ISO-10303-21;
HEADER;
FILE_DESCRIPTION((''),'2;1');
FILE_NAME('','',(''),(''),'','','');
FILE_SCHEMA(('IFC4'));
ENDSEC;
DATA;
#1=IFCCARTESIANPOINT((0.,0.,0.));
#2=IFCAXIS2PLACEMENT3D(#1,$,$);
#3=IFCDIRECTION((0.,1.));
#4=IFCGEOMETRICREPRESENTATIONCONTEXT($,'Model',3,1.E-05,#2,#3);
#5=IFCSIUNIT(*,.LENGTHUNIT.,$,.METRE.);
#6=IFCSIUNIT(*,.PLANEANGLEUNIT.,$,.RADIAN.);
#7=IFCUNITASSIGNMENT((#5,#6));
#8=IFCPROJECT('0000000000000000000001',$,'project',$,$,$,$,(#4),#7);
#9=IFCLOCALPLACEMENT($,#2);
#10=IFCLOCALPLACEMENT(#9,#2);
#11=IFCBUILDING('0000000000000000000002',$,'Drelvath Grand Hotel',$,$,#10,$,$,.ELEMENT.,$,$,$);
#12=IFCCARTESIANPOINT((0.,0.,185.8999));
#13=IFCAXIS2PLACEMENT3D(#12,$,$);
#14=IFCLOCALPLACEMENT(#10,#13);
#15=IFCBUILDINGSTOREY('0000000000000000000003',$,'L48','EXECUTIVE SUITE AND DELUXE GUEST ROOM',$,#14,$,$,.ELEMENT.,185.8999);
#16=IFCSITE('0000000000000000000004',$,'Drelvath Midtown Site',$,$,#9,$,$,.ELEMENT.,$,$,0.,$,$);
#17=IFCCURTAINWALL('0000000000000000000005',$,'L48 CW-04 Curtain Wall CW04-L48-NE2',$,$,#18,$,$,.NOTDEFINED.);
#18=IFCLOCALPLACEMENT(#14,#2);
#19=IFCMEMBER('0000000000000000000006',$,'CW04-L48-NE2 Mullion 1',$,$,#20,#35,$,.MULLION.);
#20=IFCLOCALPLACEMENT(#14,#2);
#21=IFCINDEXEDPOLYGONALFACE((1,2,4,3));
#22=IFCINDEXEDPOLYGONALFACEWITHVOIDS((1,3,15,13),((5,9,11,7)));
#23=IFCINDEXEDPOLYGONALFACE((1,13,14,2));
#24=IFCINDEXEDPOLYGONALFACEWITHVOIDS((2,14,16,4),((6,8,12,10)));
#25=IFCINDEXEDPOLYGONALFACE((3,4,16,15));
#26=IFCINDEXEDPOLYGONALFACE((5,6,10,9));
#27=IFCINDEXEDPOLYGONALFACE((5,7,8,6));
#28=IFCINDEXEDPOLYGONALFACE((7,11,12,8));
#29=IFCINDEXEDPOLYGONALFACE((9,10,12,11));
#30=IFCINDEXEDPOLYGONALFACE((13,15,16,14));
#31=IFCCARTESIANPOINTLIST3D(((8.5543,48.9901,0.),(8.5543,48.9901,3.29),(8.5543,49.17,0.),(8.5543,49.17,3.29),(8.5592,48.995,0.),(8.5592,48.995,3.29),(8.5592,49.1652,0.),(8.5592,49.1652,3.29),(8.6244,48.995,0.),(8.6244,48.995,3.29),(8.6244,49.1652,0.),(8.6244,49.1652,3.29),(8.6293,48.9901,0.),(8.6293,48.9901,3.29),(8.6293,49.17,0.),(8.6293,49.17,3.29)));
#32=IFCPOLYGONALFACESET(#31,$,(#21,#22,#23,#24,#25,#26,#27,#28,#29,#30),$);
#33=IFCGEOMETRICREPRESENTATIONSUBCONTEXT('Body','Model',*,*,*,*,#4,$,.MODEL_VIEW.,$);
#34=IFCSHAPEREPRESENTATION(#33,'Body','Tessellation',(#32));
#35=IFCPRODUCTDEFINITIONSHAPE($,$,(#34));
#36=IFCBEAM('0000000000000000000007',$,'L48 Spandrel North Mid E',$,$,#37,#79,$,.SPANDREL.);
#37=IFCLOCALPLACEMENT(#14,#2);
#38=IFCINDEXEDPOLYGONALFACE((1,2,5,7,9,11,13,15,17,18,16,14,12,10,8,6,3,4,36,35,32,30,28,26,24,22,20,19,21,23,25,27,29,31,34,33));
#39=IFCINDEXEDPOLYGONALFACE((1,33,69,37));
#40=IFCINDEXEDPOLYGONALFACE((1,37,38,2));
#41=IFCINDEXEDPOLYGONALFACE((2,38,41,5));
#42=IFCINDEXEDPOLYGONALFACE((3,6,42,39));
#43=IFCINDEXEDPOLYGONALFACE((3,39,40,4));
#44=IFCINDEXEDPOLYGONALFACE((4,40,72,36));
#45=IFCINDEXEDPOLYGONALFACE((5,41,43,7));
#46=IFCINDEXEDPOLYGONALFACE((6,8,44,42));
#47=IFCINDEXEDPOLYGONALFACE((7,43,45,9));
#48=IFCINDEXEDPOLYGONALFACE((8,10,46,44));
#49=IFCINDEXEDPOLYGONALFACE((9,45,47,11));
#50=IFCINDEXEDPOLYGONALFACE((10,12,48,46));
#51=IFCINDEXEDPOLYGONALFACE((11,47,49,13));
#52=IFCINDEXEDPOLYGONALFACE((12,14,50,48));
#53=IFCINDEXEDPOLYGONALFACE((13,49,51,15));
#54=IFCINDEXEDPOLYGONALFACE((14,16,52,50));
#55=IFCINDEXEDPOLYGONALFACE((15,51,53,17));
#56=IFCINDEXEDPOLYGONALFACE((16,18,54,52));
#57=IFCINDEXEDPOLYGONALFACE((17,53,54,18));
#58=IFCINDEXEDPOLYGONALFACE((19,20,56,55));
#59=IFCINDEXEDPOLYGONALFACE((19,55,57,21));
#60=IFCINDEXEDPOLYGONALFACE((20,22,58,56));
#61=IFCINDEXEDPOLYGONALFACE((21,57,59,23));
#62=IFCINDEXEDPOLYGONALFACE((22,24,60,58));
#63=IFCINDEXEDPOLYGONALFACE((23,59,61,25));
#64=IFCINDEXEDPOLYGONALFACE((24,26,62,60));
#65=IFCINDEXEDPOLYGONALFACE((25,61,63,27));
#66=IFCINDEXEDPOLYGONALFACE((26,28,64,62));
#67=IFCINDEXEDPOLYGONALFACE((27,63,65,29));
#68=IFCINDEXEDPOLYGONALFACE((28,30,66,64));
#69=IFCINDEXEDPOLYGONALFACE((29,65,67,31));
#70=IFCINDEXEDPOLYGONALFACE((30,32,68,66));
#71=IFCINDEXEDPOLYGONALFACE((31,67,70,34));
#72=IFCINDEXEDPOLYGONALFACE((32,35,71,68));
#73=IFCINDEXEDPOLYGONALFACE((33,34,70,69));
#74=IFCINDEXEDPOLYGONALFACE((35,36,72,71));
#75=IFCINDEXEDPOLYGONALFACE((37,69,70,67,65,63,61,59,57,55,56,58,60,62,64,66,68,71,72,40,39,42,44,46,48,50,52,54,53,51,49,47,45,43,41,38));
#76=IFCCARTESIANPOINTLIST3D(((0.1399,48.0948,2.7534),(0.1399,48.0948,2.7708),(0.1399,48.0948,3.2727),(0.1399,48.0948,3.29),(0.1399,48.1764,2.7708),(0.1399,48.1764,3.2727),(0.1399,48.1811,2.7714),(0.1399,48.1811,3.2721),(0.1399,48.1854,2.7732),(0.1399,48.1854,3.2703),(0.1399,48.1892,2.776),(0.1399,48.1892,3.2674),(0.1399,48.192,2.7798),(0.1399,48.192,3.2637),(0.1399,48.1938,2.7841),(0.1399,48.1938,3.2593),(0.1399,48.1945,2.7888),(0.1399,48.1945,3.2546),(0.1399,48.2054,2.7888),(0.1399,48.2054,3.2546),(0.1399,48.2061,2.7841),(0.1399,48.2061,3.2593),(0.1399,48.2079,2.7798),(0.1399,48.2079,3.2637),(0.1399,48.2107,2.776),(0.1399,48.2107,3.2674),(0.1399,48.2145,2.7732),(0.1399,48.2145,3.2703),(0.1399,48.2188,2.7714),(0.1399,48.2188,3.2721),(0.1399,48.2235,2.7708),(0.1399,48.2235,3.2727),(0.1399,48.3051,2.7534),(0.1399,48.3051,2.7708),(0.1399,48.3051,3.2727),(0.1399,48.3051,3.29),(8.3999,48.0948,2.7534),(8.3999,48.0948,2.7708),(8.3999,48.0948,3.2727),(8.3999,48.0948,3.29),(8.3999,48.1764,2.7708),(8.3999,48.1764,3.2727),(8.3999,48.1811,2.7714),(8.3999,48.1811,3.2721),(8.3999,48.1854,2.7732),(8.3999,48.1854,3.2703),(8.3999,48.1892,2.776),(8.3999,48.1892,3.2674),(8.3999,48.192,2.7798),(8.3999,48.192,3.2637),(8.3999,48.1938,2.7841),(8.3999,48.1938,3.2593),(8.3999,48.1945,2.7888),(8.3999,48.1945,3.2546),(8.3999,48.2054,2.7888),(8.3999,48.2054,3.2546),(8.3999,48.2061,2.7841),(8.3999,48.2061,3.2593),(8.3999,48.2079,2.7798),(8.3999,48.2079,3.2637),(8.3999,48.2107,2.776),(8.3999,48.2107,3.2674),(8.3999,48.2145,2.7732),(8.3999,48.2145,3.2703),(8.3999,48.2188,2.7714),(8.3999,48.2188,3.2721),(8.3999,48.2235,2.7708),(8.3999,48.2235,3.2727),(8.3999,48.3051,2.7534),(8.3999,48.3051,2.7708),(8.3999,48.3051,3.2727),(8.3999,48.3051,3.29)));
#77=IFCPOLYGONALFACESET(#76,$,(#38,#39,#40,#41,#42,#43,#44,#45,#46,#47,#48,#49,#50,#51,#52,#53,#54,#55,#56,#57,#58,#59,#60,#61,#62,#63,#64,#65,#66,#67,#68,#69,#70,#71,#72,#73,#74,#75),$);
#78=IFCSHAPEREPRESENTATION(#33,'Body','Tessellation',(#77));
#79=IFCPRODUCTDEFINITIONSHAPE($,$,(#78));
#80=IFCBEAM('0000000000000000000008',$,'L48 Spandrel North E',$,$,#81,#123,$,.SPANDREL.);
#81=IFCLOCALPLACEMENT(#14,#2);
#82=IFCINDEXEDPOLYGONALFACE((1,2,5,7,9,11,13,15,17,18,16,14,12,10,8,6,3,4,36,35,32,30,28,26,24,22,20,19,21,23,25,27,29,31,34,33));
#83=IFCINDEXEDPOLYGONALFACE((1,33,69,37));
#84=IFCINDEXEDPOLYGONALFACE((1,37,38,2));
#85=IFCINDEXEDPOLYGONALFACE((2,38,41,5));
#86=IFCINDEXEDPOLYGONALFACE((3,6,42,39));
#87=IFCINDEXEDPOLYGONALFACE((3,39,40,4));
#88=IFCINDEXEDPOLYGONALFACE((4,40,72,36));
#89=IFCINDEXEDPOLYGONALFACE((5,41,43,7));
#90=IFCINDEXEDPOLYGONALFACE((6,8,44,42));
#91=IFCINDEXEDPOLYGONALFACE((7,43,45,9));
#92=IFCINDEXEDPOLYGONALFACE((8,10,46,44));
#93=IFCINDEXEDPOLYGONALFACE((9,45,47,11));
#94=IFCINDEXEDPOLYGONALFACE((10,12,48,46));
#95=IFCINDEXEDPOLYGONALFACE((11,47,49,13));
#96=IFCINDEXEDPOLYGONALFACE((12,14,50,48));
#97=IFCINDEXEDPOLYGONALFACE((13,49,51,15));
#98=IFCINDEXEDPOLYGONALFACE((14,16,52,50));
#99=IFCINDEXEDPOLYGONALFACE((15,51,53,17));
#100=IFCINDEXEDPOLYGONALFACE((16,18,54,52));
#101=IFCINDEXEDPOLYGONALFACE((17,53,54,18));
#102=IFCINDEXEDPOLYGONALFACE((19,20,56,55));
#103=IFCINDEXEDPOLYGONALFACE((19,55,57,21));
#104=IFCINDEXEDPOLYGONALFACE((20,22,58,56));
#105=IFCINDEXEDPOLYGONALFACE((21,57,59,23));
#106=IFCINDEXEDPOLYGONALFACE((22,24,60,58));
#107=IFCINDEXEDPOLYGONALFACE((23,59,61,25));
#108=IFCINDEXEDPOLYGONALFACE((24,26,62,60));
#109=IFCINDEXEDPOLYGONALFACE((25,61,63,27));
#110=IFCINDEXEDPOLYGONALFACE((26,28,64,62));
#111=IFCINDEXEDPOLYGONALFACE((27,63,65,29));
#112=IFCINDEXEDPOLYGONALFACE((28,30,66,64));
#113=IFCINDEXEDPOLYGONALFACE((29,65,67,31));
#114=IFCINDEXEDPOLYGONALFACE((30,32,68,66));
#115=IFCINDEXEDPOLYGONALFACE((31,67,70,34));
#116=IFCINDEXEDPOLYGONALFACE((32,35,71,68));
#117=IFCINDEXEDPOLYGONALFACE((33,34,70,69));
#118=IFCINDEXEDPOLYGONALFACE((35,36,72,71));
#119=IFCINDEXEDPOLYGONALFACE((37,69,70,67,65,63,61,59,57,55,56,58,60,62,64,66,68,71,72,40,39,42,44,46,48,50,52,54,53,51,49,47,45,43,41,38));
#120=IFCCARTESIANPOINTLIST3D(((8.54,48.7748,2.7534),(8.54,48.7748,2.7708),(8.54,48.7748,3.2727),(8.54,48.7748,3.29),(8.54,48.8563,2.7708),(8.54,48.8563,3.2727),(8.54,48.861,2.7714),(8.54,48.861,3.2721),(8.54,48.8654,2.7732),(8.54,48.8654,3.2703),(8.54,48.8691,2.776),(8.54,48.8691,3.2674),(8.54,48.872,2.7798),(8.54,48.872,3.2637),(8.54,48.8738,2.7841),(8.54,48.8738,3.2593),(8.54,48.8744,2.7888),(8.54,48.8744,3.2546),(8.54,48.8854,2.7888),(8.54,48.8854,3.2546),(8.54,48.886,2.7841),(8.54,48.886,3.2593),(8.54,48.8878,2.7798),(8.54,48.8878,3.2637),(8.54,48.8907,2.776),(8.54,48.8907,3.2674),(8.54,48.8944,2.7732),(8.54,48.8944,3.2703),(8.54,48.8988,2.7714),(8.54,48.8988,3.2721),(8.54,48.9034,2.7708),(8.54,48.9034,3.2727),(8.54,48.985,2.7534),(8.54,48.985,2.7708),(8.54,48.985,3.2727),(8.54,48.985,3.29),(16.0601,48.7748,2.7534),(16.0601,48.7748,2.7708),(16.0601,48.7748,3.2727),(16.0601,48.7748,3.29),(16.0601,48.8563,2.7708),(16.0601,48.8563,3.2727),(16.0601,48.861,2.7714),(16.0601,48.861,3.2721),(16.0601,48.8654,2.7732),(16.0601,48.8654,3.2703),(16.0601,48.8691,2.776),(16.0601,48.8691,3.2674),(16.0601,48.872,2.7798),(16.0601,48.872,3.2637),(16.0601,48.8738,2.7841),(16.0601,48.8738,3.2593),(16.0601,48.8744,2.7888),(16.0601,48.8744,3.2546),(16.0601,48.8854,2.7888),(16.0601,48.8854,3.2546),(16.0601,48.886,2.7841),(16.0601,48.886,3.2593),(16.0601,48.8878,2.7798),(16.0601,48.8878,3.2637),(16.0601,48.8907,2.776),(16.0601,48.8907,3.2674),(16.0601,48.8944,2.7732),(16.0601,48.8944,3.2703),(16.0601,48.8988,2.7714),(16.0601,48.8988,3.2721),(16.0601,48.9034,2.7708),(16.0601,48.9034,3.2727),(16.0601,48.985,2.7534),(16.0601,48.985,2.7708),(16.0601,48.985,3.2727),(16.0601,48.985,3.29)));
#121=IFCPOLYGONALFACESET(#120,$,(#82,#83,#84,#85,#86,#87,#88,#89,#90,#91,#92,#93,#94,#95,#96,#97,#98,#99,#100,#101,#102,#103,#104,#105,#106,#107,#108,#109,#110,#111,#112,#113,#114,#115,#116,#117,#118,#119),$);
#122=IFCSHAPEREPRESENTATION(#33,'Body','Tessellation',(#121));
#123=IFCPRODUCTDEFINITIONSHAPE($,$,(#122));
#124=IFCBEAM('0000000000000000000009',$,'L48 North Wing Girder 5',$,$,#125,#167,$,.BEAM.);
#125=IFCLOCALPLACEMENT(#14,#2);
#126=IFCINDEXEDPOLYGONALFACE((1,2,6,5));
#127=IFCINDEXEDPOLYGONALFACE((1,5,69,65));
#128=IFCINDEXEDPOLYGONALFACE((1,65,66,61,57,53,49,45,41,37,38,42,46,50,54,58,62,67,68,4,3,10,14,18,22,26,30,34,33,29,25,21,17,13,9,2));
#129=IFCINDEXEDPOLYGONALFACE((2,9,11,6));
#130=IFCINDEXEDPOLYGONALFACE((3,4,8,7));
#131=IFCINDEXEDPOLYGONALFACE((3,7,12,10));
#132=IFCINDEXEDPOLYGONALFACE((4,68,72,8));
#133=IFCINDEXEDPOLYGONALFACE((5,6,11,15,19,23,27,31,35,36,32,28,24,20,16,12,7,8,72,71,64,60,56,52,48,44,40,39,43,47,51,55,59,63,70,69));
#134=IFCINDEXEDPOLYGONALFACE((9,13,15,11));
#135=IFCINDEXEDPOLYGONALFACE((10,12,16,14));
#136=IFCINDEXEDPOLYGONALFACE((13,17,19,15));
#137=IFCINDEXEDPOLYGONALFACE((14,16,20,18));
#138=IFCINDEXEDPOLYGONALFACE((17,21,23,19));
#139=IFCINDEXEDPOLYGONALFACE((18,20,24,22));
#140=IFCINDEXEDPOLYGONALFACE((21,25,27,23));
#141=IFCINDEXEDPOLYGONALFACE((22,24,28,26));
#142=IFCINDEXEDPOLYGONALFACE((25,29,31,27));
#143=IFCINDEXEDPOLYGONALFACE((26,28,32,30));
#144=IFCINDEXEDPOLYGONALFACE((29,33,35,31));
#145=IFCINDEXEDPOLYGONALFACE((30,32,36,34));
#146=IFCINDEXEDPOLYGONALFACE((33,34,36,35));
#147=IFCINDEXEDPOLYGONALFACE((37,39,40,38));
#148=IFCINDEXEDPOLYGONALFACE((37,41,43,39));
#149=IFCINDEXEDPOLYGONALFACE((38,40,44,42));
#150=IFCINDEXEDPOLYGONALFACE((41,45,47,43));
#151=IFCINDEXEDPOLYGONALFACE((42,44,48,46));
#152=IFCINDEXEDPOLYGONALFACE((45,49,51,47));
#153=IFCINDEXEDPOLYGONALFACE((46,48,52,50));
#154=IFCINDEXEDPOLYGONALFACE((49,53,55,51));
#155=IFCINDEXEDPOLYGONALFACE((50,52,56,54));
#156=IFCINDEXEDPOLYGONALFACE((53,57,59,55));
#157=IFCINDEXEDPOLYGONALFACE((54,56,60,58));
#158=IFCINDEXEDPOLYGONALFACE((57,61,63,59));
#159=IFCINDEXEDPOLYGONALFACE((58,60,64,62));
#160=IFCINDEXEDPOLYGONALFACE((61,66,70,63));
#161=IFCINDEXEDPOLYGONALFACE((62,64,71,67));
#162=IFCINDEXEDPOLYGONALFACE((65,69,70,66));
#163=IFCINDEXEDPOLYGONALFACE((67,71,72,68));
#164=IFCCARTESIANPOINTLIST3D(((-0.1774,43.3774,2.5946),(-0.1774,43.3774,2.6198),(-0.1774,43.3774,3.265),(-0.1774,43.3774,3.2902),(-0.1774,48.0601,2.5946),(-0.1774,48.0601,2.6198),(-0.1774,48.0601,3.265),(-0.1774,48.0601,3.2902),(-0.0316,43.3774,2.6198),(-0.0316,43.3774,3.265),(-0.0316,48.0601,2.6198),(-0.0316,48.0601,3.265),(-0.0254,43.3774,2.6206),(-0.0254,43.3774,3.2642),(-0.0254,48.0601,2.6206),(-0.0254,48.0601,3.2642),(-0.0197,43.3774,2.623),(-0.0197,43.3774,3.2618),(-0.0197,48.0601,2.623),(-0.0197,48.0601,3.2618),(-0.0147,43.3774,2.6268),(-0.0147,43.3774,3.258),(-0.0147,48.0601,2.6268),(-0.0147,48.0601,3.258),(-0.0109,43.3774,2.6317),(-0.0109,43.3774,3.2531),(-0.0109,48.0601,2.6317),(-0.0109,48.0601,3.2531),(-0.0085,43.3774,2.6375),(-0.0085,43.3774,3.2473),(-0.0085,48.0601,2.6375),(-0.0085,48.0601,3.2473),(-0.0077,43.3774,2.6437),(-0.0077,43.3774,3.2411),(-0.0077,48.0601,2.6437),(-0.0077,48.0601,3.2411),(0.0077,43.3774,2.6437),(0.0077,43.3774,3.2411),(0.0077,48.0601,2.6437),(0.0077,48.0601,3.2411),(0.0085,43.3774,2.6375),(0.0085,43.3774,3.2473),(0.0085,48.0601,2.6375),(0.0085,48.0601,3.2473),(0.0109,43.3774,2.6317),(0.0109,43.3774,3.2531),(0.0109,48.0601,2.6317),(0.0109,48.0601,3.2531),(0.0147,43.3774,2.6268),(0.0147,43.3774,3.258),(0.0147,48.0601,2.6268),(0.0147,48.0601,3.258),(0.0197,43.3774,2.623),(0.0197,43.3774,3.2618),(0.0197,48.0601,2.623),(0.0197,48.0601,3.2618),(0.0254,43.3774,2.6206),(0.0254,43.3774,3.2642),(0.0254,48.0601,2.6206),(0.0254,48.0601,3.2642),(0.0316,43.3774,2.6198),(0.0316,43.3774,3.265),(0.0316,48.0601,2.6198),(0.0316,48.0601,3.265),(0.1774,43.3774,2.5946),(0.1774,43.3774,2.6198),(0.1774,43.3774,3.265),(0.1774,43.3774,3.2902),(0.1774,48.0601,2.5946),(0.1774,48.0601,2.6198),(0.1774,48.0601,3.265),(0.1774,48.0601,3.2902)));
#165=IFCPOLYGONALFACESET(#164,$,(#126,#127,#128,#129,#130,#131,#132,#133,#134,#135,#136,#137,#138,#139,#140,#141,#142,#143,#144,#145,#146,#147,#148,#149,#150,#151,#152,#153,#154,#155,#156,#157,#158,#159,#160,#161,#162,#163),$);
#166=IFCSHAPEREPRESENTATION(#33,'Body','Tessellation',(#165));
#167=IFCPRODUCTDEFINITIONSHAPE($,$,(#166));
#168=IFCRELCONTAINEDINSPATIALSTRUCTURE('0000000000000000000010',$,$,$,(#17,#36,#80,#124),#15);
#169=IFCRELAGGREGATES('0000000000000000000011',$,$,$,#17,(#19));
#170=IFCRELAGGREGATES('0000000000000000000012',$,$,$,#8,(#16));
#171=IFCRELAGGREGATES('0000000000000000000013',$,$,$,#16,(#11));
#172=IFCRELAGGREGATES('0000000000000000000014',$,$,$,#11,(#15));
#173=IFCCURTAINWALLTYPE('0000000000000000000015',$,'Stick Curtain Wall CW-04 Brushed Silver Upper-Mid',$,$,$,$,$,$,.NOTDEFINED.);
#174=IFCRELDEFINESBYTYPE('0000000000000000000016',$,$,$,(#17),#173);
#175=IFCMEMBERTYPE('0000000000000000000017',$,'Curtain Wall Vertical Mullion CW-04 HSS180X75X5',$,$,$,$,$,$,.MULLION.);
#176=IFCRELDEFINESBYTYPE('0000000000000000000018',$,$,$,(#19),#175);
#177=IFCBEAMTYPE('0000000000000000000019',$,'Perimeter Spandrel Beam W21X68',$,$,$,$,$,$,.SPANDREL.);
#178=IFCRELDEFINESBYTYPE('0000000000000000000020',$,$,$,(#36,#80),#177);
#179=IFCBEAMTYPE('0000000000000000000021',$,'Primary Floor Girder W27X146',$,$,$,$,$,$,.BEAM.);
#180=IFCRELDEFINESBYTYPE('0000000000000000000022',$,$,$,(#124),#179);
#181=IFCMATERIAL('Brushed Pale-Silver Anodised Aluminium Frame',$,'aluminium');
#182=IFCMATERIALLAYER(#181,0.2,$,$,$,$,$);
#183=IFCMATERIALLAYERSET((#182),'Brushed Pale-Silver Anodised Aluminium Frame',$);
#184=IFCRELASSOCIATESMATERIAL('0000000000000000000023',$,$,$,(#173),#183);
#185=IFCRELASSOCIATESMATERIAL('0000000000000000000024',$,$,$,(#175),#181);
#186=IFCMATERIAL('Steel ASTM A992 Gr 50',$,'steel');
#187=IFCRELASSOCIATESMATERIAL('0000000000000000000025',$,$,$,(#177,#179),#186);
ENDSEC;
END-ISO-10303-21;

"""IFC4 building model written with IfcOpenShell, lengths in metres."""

from ifc_helpers import new_model, si_unit, direction, frame, origin, origin_2d, place, context, subcontext, project, spatial, hollow_rectangle, i_section, extrude, material, layer, layer_set, material_profile, profile_set, type_object, element, aggregate, save


model = new_model("IFC4")

# Units and contexts
model_context = context("Model", 3, precision=1e-05, world=origin(), true_north=direction((0.0, 1.0)))
body_context = subcontext(model_context, "Body", "Model", "MODEL_VIEW")
ifc_project = project(units=[si_unit("LENGTHUNIT", "METRE"), si_unit("PLANEANGLEUNIT", "RADIAN")], contexts=[model_context])

# Site, building, storey
site_placement = place(None, origin())
site = spatial("IfcSite", under=ifc_project, at=site_placement, Name="Drelvath Midtown Site", CompositionType="ELEMENT", RefElevation=0.0)
building_placement = place(site_placement, origin())
building = spatial("IfcBuilding", under=site, at=building_placement, Name="Drelvath Grand Hotel", CompositionType="ELEMENT")
storey_placement = place(building_placement, frame((0.0, 0.0, 185.8999)))
storey = spatial("IfcBuildingStorey", under=building, at=storey_placement, Name="L48", Description="EXECUTIVE SUITE AND DELUXE GUEST ROOM", CompositionType="ELEMENT", Elevation=185.8999)

# Curtain wall
ifc_material_1 = material(Name="Brushed Pale-Silver Anodised Aluminium Frame", Category="aluminium")
ifc_layer_1 = layer(ifc_material_1, 0.2)
ifc_layer_set_1 = layer_set([ifc_layer_1], Name="Brushed Pale-Silver Anodised Aluminium Frame")
curtain_wall_type = type_object("IfcCurtainWallType", Name="Stick Curtain Wall CW-04 Brushed Silver Upper-Mid", PredefinedType="NOTDEFINED", material=ifc_layer_set_1)
curtain_wall_1_placement = place(storey_placement, origin())
curtain_wall_1 = element("IfcCurtainWall", 1, at=curtain_wall_1_placement, inside=storey, type_object=curtain_wall_type, Name="L48 CW-04 Curtain Wall CW04-L48-NE2", PredefinedType="NOTDEFINED")

# Member
ifc_material_profile_1 = material_profile(ifc_material_1, hollow_rectangle(XDim=0.075, YDim=0.1799, WallThickness=0.0049, at=origin_2d()), Name="HSS180X75X5")
ifc_profile_set_1 = profile_set([ifc_material_profile_1], Name="Brushed Pale-Silver Anodised Aluminium Frame")
member_type_1 = type_object("IfcMemberType", Name="Curtain Wall Vertical Mullion CW-04 HSS180X75X5", PredefinedType="MULLION", material=ifc_profile_set_1)
member_1_placement = place(storey_placement, frame((8.5918, 49.0801, 0.0), z_axis=(0.0, 0.0, 1.0), x_axis=(1.0, 0.0, 0.0)))
member_1 = element("IfcMember", 2, at=member_1_placement, type_object=member_type_1, Name="CW04-L48-NE2 Mullion 1", PredefinedType="MULLION", context=body_context, shape_type="SweptSolid", body=[
    extrude(hollow_rectangle(XDim=0.075, YDim=0.1799, WallThickness=0.0049, at=origin_2d()), origin(), (0.0, 0.0, 1.0), 3.29),
])

# Beams
ifc_material_2 = material(Name="Steel ASTM A992 Gr 50", Category="steel")
ifc_material_profile_2 = material_profile(ifc_material_2, i_section(OverallWidth=0.2102, OverallDepth=0.5366, WebThickness=0.011, FlangeThickness=0.0173, FilletRadius=0.0181, at=origin_2d()), Name="W21X68")
ifc_profile_set_2 = profile_set([ifc_material_profile_2], Name="Steel ASTM A992 Gr 50")
beam_type_1 = type_object("IfcBeamType", Name="Perimeter Spandrel Beam W21X68", PredefinedType="SPANDREL", material=ifc_profile_set_2)
beam_1_placement = place(storey_placement, frame((0.1399, 48.2, 3.0217), z_axis=(1.0, 0.0, 0.0), x_axis=(0.0, 1.0, 0.0)))
element("IfcBeam", 3, at=beam_1_placement, inside=storey, type_object=beam_type_1, Name="L48 Spandrel North Mid E", PredefinedType="SPANDREL", context=body_context, shape_type="SweptSolid", body=[
    extrude(i_section(OverallWidth=0.2102, OverallDepth=0.5366, WebThickness=0.011, FlangeThickness=0.0173, FilletRadius=0.0181, at=origin_2d()), origin(), (0.0, 0.0, 1.0), 8.26),
])
beam_2_placement = place(storey_placement, frame((8.54, 48.8799, 3.0217), z_axis=(1.0, 0.0, 0.0), x_axis=(0.0, 1.0, 0.0)))
element("IfcBeam", 4, at=beam_2_placement, inside=storey, type_object=beam_type_1, Name="L48 Spandrel North E", PredefinedType="SPANDREL", context=body_context, shape_type="SweptSolid", body=[
    extrude(i_section(OverallWidth=0.2102, OverallDepth=0.5366, WebThickness=0.011, FlangeThickness=0.0173, FilletRadius=0.0181, at=origin_2d()), origin(), (0.0, 0.0, 1.0), 7.52),
])
ifc_material_profile_3 = material_profile(ifc_material_2, i_section(OverallWidth=0.3547, OverallDepth=0.6956, WebThickness=0.0154, FlangeThickness=0.0251, FilletRadius=0.0239, at=origin_2d()), Name="W27X146")
ifc_profile_set_3 = profile_set([ifc_material_profile_3], Name="Steel ASTM A992 Gr 50")
beam_type_2 = type_object("IfcBeamType", Name="Primary Floor Girder W27X146", PredefinedType="BEAM", material=ifc_profile_set_3)
beam_3_placement = place(storey_placement, frame((0.0, 43.3774, 2.9424), z_axis=(0.0, 1.0, 0.0), x_axis=(-1.0, 0.0, 0.0)))
element("IfcBeam", 5, at=beam_3_placement, inside=storey, type_object=beam_type_2, Name="L48 North Wing Girder 5", PredefinedType="BEAM", context=body_context, shape_type="SweptSolid", body=[
    extrude(i_section(OverallWidth=0.3547, OverallDepth=0.6956, WebThickness=0.0154, FlangeThickness=0.0251, FilletRadius=0.0239, at=origin_2d()), origin(), (0.0, 0.0, 1.0), 4.6826),
])

aggregate(curtain_wall_1, [member_1])

save(model, "model.ifc")
